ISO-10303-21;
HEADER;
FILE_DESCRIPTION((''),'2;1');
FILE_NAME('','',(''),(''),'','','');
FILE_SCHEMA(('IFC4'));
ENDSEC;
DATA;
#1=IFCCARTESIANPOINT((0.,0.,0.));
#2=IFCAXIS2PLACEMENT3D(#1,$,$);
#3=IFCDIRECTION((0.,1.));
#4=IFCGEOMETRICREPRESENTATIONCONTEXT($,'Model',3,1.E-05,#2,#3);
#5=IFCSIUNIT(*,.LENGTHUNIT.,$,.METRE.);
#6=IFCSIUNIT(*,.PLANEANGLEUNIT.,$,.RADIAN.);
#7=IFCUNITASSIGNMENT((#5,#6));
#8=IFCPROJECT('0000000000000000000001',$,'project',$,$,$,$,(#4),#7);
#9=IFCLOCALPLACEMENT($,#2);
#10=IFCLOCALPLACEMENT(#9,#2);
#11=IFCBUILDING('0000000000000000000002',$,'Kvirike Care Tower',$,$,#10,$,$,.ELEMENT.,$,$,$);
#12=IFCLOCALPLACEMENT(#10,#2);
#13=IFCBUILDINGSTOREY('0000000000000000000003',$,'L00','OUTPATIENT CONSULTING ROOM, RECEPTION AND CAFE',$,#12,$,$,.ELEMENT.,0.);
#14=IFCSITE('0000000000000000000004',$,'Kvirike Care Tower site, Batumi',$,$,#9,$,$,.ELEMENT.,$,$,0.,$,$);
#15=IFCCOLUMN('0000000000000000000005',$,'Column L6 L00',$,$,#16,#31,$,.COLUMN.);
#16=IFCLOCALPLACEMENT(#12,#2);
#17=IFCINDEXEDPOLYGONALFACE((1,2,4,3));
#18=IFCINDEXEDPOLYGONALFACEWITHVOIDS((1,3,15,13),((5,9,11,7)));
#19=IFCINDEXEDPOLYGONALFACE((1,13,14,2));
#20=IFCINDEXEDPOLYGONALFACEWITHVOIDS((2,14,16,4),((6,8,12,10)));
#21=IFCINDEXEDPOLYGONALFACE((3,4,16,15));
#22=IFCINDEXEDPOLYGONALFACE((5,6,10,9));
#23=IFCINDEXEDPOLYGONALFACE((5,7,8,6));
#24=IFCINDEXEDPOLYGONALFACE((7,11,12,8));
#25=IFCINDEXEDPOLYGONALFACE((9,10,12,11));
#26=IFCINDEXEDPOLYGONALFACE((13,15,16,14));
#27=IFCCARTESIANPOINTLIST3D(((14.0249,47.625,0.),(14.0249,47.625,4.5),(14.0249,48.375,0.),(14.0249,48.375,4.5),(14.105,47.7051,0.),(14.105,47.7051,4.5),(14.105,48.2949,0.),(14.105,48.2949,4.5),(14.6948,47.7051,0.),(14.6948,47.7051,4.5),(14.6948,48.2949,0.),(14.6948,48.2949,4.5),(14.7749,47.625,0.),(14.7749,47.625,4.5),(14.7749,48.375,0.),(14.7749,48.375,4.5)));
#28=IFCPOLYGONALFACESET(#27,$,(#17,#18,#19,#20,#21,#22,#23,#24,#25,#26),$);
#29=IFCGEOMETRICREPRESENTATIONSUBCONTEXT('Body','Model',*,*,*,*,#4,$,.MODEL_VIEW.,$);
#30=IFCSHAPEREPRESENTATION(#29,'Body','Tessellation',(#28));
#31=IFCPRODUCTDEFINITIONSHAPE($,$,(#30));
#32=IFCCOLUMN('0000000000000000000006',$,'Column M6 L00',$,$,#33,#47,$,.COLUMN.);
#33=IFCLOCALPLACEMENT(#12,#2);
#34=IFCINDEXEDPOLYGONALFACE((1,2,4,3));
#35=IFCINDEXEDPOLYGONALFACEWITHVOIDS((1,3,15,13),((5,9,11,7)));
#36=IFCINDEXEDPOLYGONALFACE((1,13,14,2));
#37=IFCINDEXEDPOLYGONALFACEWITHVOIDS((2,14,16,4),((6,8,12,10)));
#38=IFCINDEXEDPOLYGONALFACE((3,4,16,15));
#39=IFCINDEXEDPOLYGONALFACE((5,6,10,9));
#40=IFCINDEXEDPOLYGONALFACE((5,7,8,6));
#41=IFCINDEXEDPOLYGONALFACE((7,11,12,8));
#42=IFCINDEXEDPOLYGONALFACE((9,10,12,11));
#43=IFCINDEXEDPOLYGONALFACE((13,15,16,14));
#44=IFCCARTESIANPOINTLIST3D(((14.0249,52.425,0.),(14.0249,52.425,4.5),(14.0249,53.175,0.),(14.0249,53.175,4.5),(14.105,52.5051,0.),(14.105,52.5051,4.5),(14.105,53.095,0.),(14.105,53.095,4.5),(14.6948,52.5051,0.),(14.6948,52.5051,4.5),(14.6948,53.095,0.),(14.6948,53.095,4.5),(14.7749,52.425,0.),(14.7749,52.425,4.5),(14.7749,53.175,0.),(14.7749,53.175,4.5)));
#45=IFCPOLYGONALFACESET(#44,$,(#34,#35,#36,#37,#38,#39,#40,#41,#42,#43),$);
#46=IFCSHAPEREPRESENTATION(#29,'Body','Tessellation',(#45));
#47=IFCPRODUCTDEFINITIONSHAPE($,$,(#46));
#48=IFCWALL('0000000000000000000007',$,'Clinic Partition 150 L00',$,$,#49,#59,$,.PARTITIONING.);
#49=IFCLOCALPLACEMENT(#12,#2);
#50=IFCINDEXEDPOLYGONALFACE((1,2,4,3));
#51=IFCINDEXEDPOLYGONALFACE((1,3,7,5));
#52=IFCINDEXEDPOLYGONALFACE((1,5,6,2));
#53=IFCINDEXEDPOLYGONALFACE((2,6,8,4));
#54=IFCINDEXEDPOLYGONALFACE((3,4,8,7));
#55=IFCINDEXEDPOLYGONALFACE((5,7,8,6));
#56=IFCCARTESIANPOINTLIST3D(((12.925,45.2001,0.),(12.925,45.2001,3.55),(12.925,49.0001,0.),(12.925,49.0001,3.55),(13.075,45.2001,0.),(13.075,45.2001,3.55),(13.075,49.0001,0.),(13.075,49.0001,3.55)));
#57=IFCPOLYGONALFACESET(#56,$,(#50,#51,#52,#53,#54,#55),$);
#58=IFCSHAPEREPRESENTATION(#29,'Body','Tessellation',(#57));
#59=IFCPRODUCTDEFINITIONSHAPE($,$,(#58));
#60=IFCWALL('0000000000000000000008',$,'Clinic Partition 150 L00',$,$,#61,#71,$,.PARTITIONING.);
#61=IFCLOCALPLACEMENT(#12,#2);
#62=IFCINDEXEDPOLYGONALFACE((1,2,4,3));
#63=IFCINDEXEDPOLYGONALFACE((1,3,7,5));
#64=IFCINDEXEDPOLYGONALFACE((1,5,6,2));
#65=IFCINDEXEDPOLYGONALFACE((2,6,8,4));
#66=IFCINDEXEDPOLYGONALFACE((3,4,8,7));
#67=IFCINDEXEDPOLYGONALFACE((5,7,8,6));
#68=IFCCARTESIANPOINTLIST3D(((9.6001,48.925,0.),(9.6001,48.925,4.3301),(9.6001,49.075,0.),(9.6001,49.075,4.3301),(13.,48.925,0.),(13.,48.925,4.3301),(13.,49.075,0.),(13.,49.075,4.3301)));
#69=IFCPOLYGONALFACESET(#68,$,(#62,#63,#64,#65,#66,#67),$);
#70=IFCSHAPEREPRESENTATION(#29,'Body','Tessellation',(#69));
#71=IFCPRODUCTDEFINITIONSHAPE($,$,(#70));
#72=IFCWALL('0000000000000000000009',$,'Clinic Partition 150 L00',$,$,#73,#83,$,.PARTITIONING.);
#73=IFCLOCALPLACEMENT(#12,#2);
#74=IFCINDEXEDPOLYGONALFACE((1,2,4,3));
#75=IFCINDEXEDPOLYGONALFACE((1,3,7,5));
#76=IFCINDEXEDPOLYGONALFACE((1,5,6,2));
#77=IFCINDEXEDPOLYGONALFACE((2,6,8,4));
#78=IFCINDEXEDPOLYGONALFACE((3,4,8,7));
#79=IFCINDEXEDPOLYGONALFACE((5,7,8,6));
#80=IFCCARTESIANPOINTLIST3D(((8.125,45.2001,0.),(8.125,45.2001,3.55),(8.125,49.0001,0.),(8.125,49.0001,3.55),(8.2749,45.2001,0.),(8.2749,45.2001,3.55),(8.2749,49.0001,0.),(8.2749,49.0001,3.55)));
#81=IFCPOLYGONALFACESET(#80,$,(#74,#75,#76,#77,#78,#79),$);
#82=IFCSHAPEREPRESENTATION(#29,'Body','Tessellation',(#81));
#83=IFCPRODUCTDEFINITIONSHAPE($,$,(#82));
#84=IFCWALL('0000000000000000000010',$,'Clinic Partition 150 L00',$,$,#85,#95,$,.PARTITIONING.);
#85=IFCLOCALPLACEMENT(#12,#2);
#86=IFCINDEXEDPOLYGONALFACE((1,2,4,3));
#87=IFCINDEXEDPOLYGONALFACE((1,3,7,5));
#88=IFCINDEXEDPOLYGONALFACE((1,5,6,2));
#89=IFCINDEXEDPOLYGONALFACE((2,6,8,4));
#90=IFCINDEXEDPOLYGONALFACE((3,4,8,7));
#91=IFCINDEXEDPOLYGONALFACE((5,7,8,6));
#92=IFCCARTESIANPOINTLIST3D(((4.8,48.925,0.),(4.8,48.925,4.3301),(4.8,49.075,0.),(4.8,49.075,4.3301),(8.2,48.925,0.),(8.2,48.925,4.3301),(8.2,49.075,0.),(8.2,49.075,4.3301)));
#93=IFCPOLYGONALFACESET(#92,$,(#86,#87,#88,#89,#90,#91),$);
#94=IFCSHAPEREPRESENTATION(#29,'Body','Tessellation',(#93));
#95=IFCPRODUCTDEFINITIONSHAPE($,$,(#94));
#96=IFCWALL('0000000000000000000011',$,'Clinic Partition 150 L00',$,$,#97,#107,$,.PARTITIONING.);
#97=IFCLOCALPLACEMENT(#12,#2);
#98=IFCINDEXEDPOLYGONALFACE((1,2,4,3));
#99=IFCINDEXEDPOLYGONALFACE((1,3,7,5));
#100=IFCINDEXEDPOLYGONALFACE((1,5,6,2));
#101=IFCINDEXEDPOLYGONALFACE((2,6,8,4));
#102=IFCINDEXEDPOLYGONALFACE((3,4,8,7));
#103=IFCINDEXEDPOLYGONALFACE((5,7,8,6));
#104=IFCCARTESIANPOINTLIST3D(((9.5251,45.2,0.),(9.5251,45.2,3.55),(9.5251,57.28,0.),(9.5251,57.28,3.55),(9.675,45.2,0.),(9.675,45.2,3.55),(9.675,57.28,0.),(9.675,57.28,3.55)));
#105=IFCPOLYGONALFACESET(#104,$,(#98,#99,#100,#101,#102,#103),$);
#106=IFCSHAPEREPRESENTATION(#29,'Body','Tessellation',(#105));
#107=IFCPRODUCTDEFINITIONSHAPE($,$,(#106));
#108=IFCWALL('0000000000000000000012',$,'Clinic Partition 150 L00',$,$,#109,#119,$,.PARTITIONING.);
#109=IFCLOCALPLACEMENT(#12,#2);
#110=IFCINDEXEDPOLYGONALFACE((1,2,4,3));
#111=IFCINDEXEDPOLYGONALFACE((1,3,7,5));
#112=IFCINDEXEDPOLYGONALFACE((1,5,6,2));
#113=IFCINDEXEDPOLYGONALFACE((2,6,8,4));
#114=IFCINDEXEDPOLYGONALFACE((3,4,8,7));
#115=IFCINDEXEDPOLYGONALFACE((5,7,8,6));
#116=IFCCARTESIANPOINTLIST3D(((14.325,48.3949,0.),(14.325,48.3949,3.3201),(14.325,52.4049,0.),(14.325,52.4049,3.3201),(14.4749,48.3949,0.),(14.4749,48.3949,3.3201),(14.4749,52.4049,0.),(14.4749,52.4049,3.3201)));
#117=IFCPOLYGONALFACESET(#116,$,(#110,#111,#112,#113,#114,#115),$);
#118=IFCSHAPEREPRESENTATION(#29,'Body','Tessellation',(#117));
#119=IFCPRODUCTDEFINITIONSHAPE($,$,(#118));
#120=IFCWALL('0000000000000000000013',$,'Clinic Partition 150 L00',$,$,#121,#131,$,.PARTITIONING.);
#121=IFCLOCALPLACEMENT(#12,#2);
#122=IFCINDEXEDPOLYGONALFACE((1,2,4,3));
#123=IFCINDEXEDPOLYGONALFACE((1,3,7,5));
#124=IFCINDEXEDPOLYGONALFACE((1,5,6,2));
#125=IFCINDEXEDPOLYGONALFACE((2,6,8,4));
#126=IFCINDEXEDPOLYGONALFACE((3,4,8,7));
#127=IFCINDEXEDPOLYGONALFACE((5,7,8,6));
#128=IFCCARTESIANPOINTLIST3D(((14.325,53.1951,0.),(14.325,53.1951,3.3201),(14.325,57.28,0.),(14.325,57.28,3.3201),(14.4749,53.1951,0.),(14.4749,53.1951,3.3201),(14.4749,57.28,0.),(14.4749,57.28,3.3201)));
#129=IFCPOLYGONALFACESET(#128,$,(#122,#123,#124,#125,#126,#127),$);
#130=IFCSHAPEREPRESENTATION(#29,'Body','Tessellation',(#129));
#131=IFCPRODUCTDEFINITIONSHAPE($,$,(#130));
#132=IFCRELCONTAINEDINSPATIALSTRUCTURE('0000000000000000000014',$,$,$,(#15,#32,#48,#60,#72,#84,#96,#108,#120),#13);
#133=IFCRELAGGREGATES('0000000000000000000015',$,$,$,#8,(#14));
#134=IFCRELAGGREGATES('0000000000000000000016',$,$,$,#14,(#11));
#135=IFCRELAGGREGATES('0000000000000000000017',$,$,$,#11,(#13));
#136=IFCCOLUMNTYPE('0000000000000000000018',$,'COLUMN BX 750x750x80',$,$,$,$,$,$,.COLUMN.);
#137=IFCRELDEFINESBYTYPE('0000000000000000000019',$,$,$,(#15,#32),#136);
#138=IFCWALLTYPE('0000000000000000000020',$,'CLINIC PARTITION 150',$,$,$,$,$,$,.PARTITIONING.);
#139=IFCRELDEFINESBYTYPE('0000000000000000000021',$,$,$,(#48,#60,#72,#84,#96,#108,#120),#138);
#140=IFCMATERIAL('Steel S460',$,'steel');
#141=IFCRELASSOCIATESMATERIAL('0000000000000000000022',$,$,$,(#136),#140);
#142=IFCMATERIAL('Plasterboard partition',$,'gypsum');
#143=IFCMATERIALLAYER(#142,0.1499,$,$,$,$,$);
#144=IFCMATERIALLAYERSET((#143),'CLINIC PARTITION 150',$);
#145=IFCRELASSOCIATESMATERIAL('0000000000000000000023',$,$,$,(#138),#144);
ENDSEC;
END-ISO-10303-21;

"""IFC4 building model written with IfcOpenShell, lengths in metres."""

from ifc_helpers import new_model, si_unit, direction, frame, frame_2d, origin, origin_2d, place, context, subcontext, project, spatial, rectangle, hollow_rectangle, extrude, material, layer, layer_set, material_profile, profile_set, type_object, element, save


model = new_model("IFC4")

# Units and contexts
model_context = context("Model", 3, precision=1e-05, world=origin(), true_north=direction((0.0, 1.0)))
body_context = subcontext(model_context, "Body", "Model", "MODEL_VIEW")
ifc_project = project(units=[si_unit("LENGTHUNIT", "METRE"), si_unit("PLANEANGLEUNIT", "RADIAN")], contexts=[model_context])

# Site, building, storey
site_placement = place(None, origin())
site = spatial("IfcSite", under=ifc_project, at=site_placement, Name="Kvirike Care Tower site, Batumi", CompositionType="ELEMENT", RefElevation=0.0)
building_placement = place(site_placement, origin())
building = spatial("IfcBuilding", under=site, at=building_placement, Name="Kvirike Care Tower", CompositionType="ELEMENT")
storey_placement = place(building_placement, origin())
storey = spatial("IfcBuildingStorey", under=building, at=storey_placement, Name="L00", Description="OUTPATIENT CONSULTING ROOM, RECEPTION AND CAFE", CompositionType="ELEMENT", Elevation=0.0)

# Columns
ifc_material_1 = material(Name="Steel S460", Category="steel")
ifc_material_profile_1 = material_profile(ifc_material_1, hollow_rectangle(XDim=0.75, YDim=0.75, WallThickness=0.0801, at=origin_2d()), Name="BX 750x750x80")
ifc_profile_set_1 = profile_set([ifc_material_profile_1], Name="Steel S460")
column_type_1 = type_object("IfcColumnType", Name="COLUMN BX 750x750x80", PredefinedType="COLUMN", material=ifc_profile_set_1)
for number, where, z_axis, x_axis, name in (
    (1, (14.3999, 48.0, 0.0), (0.0, 0.0, 1.0), (1.0, 0.0, 0.0), "Column L6 L00"),
    (2, (14.3999, 52.8, 0.0), (0.0, 0.0, 1.0), (1.0, 0.0, 0.0), "Column M6 L00"),
):
    element("IfcColumn", number, at=place(storey_placement, frame(where, z_axis=z_axis, x_axis=x_axis)), inside=storey, type_object=column_type_1, Name=name, PredefinedType="COLUMN", context=body_context, shape_type="SweptSolid", body=[
        extrude(hollow_rectangle(XDim=0.75, YDim=0.75, WallThickness=0.0801, at=origin_2d()), origin(), (0.0, 0.0, 1.0), 4.5),
    ])

# Walls
ifc_material_2 = material(Name="Plasterboard partition", Category="gypsum")
ifc_layer = layer(ifc_material_2, 0.1499)
ifc_layer_set = layer_set([ifc_layer], Name="CLINIC PARTITION 150")
wall_type = type_object("IfcWallType", Name="CLINIC PARTITION 150", PredefinedType="PARTITIONING", material=ifc_layer_set)
wall_1_placement = place(storey_placement, frame((13.0, 49.0, 0.0), z_axis=(0.0, 0.0, 1.0), x_axis=(0.0, -1.0, 0.0)))
element("IfcWall", 3, at=wall_1_placement, inside=storey, type_object=wall_type, Name="Clinic Partition 150 L00", PredefinedType="PARTITIONING", context=body_context, shape_type="SweptSolid", body=[
    extrude(rectangle(XDim=3.8, YDim=0.1499, at=frame_2d((1.8999, 0.0))), origin(), (0.0, 0.0, 1.0), 3.55),
])
wall_2_placement = place(storey_placement, frame((13.0, 49.0, 0.0), z_axis=(0.0, 0.0, 1.0), x_axis=(-1.0, 0.0, 0.0)))
element("IfcWall", 4, at=wall_2_placement, inside=storey, type_object=wall_type, Name="Clinic Partition 150 L00", PredefinedType="PARTITIONING", context=body_context, shape_type="SweptSolid", body=[
    extrude(rectangle(XDim=3.3999, YDim=0.1499, at=frame_2d((1.7, 0.0))), origin(), (0.0, 0.0, 1.0), 4.3301),
])
wall_3_placement = place(storey_placement, frame((8.2, 49.0, 0.0), z_axis=(0.0, 0.0, 1.0), x_axis=(0.0, -1.0, 0.0)))
element("IfcWall", 5, at=wall_3_placement, inside=storey, type_object=wall_type, Name="Clinic Partition 150 L00", PredefinedType="PARTITIONING", context=body_context, shape_type="SweptSolid", body=[
    extrude(rectangle(XDim=3.8, YDim=0.1499, at=frame_2d((1.8999, 0.0))), origin(), (0.0, 0.0, 1.0), 3.55),
])
wall_4_placement = place(storey_placement, frame((8.2, 49.0, 0.0), z_axis=(0.0, 0.0, 1.0), x_axis=(-1.0, 0.0, 0.0)))
element("IfcWall", 6, at=wall_4_placement, inside=storey, type_object=wall_type, Name="Clinic Partition 150 L00", PredefinedType="PARTITIONING", context=body_context, shape_type="SweptSolid", body=[
    extrude(rectangle(XDim=3.3999, YDim=0.1499, at=frame_2d((1.7, 0.0))), origin(), (0.0, 0.0, 1.0), 4.3301),
])
wall_5_placement = place(storey_placement, frame((9.6001, 57.28, 0.0), z_axis=(0.0, 0.0, 1.0), x_axis=(0.0, -1.0, 0.0)))
element("IfcWall", 7, at=wall_5_placement, inside=storey, type_object=wall_type, Name="Clinic Partition 150 L00", PredefinedType="PARTITIONING", context=body_context, shape_type="SweptSolid", body=[
    extrude(rectangle(XDim=12.0801, YDim=0.1499, at=frame_2d((6.04, 0.0))), origin(), (0.0, 0.0, 1.0), 3.55),
])
wall_6_placement = place(storey_placement, frame((14.3999, 48.395, 0.0), z_axis=(0.0, 0.0, 1.0), x_axis=(0.0, 1.0, 0.0)))
element("IfcWall", 8, at=wall_6_placement, inside=storey, type_object=wall_type, Name="Clinic Partition 150 L00", PredefinedType="PARTITIONING", context=body_context, shape_type="SweptSolid", body=[
    extrude(rectangle(XDim=4.01, YDim=0.1499, at=frame_2d((2.0049, 0.0))), origin(), (0.0, 0.0, 1.0), 3.3201),
])
wall_7_placement = place(storey_placement, frame((14.3999, 53.1951, 0.0), z_axis=(0.0, 0.0, 1.0), x_axis=(0.0, 1.0, 0.0)))
element("IfcWall", 9, at=wall_7_placement, inside=storey, type_object=wall_type, Name="Clinic Partition 150 L00", PredefinedType="PARTITIONING", context=body_context, shape_type="SweptSolid", body=[
    extrude(rectangle(XDim=4.085, YDim=0.1499, at=frame_2d((2.0425, 0.0))), origin(), (0.0, 0.0, 1.0), 3.3201),
])

save(model, "model.ifc")
